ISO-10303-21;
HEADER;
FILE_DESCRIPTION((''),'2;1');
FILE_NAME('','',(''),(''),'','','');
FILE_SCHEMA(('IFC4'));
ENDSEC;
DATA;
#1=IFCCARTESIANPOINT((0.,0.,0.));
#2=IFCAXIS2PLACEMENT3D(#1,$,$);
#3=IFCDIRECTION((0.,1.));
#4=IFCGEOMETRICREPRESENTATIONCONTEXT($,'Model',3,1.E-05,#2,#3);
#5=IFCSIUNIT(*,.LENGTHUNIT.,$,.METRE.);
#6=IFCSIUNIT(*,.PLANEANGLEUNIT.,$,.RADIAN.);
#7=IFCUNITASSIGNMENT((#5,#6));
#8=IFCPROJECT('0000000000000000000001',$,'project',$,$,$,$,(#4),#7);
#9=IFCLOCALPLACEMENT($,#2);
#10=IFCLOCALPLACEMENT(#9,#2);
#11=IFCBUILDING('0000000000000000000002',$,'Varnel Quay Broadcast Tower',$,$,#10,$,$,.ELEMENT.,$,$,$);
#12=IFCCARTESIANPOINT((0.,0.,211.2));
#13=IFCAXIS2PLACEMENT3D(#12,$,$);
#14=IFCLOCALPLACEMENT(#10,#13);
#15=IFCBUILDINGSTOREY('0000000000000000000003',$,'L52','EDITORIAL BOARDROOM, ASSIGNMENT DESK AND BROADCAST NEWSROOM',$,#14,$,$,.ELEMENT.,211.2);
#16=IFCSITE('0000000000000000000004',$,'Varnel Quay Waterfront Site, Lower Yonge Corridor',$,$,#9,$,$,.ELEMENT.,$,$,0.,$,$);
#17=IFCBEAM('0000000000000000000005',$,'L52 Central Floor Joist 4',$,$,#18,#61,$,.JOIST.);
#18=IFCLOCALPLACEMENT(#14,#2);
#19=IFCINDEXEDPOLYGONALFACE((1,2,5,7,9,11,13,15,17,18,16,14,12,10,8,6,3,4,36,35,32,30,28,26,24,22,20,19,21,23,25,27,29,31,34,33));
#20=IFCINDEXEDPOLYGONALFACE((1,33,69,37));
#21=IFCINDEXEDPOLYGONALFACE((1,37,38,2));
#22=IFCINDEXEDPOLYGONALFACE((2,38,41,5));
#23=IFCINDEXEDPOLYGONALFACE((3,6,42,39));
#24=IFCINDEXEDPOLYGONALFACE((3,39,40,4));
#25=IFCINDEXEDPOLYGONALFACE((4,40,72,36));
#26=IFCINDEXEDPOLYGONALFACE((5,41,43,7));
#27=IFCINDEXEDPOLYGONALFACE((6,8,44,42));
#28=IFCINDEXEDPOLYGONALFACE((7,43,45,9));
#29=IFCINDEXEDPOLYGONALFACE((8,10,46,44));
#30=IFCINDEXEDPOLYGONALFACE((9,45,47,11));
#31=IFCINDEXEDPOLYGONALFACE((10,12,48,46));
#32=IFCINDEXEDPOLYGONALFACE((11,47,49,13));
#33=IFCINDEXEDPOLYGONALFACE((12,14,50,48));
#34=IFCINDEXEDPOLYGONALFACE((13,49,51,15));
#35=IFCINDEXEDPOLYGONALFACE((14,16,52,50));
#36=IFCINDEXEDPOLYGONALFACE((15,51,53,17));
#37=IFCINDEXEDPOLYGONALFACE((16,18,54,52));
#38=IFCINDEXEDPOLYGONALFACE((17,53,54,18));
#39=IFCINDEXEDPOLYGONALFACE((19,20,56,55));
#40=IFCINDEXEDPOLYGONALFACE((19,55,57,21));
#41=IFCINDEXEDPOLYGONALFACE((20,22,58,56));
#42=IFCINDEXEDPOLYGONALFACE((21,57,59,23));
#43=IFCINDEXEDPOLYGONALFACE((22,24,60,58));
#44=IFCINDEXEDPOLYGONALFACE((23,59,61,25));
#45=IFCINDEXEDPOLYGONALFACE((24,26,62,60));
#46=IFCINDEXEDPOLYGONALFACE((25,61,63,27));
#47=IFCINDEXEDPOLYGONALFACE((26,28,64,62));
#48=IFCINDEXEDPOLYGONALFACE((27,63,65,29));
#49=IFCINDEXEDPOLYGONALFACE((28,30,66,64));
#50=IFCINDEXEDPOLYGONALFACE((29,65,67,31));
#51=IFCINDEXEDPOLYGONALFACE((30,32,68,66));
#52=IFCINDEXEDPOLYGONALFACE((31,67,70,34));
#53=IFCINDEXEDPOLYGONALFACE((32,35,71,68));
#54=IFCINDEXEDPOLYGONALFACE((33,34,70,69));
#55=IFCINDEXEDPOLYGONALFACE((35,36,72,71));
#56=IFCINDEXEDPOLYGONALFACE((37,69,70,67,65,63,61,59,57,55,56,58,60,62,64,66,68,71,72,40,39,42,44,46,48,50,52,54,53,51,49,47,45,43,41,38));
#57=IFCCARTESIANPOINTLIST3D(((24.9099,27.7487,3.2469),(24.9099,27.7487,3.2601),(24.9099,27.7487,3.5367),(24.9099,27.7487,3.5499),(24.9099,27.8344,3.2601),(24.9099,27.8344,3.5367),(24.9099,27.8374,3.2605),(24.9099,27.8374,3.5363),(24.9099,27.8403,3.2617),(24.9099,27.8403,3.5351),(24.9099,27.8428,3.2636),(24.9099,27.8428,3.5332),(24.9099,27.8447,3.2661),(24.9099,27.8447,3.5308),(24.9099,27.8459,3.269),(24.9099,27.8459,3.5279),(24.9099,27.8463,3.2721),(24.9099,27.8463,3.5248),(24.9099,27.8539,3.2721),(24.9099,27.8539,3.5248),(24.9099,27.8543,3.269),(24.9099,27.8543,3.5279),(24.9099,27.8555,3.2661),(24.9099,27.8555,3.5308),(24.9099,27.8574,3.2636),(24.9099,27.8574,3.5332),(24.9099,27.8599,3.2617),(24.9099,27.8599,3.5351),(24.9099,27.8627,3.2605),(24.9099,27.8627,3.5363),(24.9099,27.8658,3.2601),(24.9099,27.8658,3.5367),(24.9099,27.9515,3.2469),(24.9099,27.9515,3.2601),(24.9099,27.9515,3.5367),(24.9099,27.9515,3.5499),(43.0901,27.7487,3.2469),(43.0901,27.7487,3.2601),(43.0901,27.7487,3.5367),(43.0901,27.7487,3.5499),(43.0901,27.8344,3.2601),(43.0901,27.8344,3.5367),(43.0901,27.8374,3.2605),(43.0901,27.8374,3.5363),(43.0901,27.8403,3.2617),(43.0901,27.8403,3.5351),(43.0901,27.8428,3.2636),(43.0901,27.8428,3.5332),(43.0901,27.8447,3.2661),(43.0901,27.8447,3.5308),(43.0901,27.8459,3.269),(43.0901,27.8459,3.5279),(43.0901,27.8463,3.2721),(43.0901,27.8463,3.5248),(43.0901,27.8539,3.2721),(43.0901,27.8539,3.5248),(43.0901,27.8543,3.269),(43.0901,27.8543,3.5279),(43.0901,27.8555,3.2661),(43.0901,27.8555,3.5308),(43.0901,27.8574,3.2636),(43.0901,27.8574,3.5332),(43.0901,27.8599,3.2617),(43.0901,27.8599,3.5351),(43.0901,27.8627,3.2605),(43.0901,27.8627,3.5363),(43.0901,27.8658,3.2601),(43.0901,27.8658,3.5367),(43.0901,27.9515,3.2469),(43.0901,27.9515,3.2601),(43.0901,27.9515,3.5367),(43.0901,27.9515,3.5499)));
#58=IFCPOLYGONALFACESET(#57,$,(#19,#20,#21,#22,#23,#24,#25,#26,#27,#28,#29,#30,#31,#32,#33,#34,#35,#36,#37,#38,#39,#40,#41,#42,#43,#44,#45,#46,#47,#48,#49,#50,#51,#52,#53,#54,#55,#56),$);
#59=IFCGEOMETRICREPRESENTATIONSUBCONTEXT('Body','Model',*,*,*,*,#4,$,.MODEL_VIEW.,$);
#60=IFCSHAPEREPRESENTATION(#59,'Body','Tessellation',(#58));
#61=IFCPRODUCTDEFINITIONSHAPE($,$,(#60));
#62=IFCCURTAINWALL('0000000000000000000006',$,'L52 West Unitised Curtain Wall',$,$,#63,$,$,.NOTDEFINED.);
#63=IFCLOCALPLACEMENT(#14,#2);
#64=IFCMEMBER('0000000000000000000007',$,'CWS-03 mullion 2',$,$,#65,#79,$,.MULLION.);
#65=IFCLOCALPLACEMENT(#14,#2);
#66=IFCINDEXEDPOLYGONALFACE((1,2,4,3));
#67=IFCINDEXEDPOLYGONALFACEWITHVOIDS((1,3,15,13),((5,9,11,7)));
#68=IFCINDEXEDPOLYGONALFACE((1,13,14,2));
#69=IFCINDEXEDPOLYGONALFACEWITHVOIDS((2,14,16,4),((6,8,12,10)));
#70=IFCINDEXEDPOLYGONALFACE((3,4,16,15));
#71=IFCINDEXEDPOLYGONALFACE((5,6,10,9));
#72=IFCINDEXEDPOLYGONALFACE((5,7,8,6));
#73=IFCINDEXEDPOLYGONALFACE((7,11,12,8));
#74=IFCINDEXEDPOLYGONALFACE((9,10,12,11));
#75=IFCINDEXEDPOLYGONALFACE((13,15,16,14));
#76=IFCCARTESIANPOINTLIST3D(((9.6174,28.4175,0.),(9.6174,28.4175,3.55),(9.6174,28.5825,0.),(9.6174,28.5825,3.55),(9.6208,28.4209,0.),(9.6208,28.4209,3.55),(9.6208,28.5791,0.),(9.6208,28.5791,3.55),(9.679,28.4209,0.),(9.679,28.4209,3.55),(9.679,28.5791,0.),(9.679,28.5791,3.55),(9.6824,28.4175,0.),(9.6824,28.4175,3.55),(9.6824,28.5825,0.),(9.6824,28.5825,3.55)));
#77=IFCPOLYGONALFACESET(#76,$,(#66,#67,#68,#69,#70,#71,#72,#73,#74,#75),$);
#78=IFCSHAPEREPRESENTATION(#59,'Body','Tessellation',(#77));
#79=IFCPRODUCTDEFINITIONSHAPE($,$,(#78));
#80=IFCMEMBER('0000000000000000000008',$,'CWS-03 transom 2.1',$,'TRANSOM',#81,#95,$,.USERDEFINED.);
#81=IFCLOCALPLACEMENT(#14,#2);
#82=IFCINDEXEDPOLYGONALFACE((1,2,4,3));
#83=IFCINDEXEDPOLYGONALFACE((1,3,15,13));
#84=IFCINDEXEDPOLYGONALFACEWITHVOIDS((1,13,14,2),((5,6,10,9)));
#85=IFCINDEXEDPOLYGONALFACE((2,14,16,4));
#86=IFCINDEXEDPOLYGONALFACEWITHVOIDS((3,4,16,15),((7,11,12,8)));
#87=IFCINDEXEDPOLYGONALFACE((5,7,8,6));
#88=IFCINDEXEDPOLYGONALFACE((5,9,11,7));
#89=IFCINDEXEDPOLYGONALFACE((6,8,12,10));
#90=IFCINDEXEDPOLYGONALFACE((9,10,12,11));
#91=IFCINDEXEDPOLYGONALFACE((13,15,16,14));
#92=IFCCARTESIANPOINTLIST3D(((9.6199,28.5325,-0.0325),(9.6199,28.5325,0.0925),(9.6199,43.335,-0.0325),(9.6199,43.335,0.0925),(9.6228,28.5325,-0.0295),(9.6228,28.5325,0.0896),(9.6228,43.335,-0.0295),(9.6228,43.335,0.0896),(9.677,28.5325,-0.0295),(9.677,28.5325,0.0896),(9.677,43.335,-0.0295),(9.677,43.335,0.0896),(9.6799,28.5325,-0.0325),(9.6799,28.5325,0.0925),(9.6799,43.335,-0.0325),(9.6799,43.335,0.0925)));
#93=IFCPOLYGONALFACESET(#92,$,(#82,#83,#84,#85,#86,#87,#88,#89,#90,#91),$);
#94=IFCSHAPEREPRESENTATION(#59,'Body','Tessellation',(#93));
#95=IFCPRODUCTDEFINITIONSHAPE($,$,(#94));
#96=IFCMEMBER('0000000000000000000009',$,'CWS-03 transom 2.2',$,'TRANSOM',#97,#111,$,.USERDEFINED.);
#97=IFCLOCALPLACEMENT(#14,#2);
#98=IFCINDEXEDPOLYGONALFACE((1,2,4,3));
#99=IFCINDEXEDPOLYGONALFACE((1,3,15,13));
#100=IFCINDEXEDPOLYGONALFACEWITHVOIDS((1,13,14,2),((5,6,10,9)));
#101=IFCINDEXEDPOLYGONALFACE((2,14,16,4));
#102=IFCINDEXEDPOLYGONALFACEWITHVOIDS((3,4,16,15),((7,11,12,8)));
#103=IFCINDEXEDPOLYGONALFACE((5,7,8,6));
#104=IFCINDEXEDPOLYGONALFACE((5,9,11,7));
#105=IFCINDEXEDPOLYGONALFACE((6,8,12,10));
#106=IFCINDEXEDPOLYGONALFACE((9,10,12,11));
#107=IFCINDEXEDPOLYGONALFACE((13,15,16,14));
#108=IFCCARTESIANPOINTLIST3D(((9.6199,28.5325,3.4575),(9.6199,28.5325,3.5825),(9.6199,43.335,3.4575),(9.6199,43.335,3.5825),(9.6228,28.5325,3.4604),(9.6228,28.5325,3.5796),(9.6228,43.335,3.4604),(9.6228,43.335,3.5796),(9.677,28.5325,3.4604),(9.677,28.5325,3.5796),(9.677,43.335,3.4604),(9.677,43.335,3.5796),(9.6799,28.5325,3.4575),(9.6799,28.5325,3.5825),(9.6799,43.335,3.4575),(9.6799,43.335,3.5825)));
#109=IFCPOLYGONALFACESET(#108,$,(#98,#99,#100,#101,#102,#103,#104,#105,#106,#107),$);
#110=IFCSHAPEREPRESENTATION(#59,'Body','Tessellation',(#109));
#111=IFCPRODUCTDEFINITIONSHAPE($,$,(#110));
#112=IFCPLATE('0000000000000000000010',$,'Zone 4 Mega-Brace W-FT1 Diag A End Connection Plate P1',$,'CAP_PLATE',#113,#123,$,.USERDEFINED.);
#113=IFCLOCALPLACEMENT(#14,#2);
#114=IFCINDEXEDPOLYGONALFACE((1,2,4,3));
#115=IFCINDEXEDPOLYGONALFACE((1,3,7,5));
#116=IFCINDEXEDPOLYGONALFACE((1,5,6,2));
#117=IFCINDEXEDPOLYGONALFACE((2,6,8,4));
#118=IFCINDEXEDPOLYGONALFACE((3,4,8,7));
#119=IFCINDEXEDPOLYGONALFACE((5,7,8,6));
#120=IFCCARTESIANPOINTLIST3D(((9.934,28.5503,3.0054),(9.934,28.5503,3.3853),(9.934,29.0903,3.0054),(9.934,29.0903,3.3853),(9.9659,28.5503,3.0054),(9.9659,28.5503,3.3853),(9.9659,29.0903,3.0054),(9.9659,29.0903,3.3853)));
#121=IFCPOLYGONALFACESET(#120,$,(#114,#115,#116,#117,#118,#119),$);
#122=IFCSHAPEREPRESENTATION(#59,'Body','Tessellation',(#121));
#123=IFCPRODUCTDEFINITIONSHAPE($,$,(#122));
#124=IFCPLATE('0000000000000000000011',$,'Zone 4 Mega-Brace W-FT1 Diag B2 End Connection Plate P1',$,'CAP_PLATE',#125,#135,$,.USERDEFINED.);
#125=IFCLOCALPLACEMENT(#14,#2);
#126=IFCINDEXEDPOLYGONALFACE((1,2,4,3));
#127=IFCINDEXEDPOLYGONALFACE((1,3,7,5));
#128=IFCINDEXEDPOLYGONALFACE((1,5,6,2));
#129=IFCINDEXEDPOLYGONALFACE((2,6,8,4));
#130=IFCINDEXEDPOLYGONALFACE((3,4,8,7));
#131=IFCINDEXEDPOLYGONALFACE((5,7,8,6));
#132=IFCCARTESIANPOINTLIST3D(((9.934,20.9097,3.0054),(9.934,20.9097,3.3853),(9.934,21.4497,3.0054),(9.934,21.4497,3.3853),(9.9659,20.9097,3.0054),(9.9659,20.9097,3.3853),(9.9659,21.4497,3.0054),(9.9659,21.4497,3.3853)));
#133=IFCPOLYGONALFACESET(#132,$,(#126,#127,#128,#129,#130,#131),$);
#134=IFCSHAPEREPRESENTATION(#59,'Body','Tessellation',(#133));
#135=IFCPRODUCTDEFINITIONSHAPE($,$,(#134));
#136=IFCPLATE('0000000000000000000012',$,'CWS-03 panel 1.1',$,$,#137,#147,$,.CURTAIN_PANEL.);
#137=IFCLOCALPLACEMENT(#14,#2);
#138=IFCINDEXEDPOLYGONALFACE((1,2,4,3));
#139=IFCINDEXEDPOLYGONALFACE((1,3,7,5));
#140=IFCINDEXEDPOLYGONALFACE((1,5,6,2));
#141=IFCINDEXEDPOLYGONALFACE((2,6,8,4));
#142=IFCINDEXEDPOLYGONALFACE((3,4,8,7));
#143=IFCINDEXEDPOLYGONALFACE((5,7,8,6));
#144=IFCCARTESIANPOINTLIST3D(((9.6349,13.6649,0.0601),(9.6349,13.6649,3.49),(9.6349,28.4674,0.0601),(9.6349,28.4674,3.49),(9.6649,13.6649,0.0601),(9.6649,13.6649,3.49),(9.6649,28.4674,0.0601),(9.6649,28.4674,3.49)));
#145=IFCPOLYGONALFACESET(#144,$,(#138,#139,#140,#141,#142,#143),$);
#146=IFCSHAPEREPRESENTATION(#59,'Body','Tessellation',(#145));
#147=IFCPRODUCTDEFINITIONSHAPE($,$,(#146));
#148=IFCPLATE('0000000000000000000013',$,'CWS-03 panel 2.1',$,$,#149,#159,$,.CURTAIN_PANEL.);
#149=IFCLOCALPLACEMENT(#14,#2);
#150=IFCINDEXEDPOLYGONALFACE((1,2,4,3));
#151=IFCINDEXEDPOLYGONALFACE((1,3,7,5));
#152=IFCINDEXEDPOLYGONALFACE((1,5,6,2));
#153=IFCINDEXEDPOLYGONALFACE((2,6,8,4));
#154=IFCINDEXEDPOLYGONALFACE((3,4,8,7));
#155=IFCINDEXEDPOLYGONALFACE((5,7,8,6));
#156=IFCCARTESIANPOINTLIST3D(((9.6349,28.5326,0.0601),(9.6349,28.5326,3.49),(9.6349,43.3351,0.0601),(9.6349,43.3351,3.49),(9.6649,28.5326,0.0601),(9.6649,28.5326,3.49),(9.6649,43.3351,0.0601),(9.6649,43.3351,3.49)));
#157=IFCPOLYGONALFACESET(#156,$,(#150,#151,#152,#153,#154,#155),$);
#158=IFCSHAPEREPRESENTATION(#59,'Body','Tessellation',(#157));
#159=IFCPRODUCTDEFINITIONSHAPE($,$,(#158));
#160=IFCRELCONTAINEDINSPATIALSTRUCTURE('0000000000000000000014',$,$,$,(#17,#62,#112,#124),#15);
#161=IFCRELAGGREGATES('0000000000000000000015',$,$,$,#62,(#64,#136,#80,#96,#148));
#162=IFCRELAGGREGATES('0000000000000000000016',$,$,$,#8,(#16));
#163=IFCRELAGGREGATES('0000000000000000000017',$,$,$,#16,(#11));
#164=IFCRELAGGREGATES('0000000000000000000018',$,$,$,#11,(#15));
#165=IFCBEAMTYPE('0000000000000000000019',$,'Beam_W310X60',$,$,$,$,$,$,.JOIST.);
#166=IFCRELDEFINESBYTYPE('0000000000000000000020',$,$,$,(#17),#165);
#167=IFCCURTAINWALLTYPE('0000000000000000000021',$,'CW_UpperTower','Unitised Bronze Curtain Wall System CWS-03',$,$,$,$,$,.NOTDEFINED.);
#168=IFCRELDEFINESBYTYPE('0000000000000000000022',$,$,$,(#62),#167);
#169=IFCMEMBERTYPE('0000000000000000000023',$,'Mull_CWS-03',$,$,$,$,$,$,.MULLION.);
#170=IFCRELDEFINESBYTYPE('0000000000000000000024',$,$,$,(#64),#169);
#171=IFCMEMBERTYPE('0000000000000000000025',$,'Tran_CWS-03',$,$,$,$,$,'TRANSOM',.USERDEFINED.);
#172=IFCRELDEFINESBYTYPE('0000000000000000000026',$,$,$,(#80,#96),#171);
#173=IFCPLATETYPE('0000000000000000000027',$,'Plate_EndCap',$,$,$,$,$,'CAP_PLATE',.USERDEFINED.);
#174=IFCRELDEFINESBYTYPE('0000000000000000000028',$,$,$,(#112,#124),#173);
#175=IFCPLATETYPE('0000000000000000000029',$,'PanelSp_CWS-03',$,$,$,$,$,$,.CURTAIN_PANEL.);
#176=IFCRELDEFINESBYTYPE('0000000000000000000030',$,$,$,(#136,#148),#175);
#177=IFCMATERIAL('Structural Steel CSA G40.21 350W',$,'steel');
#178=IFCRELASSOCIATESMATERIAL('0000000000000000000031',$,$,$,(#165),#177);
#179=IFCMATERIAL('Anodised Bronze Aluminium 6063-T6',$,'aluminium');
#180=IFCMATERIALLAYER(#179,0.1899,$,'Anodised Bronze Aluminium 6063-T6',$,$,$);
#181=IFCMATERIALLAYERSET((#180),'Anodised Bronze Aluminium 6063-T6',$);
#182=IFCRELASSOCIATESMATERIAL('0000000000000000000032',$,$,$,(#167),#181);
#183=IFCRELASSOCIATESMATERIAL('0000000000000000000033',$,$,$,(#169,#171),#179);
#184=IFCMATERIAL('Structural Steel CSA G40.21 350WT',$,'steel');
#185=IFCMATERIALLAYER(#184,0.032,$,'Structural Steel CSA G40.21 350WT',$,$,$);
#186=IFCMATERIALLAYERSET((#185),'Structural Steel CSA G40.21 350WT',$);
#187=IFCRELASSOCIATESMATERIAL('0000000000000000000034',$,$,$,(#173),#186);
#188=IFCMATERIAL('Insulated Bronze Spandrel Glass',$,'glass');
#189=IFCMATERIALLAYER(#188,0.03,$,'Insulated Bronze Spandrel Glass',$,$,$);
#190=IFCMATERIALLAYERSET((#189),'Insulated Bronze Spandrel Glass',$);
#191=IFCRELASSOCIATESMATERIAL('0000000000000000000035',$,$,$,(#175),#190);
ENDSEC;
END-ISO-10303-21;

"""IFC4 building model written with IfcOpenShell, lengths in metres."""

from ifc_helpers import new_model, si_unit, direction, frame, origin, origin_2d, place, context, subcontext, project, spatial, rectangle, hollow_rectangle, i_section, extrude, source, transform, mapped, material, layer, layer_set, material_profile, profile_set, type_object, type_shapes, element, aggregate, save


model = new_model("IFC4")

# Units and contexts
model_context = context("Model", 3, precision=1e-05, world=origin(), true_north=direction((0.0, 1.0)))
body_context = subcontext(model_context, "Body", "Model", "MODEL_VIEW")
ifc_project = project(units=[si_unit("LENGTHUNIT", "METRE"), si_unit("PLANEANGLEUNIT", "RADIAN")], contexts=[model_context])

# Site, building, storey
site_placement = place(None, origin())
site = spatial("IfcSite", under=ifc_project, at=site_placement, Name="Varnel Quay Waterfront Site, Lower Yonge Corridor", CompositionType="ELEMENT", RefElevation=0.0)
building_placement = place(site_placement, origin())
building = spatial("IfcBuilding", under=site, at=building_placement, Name="Varnel Quay Broadcast Tower", CompositionType="ELEMENT")
storey_placement = place(building_placement, frame((0.0, 0.0, 211.2)))
storey = spatial("IfcBuildingStorey", under=building, at=storey_placement, Name="L52", Description="EDITORIAL BOARDROOM, ASSIGNMENT DESK AND BROADCAST NEWSROOM", CompositionType="ELEMENT", Elevation=211.2)

# Shared definitions
ifc_material_1 = material(Name="Structural Steel CSA G40.21 350WT", Category="steel")
ifc_material_2 = material(Name="Structural Steel CSA G40.21 350W", Category="steel")

# Beam
ifc_material_profile_1 = material_profile(ifc_material_2, i_section(OverallWidth=0.2029, OverallDepth=0.303, WebThickness=0.0076, FlangeThickness=0.0132, FilletRadius=0.012, at=origin_2d()), Name="W310X60")
ifc_profile_set_1 = profile_set([ifc_material_profile_1], Name="Structural Steel CSA G40.21 350W")
beam_type_1 = type_object("IfcBeamType", Name="Beam_W310X60", PredefinedType="JOIST", material=ifc_profile_set_1)
shared_shape_1 = source(origin(), body_context, "Body", "SweptSolid", [
    extrude(i_section(OverallWidth=0.2029, OverallDepth=0.303, WebThickness=0.0076, FlangeThickness=0.0132, FilletRadius=0.012, at=origin_2d()), origin(), (0.0, 0.0, 1.0), 18.1802),
])
beam_1_placement = place(storey_placement, frame((24.9099, 27.8501, 3.3984), z_axis=(1.0, 0.0, 0.0), x_axis=(0.0, 1.0, 0.0)))
element("IfcBeam", 1, at=beam_1_placement, inside=storey, type_object=beam_type_1, Name="L52 Central Floor Joist 4", PredefinedType="JOIST", context=body_context, shape_type="MappedRepresentation", body=[
    mapped(shared_shape_1, transform((0.0, 0.0, 0.0), x_axis=(1.0, 0.0, 0.0), y_axis=(0.0, 1.0, 0.0), z_axis=(0.0, 0.0, 1.0), scale=1.0)),
])

# Curtain wall, members
ifc_material_3 = material(Name="Anodised Bronze Aluminium 6063-T6", Category="aluminium")
ifc_layer_1 = layer(ifc_material_3, 0.1899, Name="Anodised Bronze Aluminium 6063-T6")
ifc_layer_set_1 = layer_set([ifc_layer_1], Name="Anodised Bronze Aluminium 6063-T6")
curtain_wall_type = type_object("IfcCurtainWallType", Name="CW_UpperTower", Description="Unitised Bronze Curtain Wall System CWS-03", PredefinedType="NOTDEFINED", material=ifc_layer_set_1)
curtain_wall_placement = place(storey_placement, origin())
curtain_wall = element("IfcCurtainWall", 2, at=curtain_wall_placement, inside=storey, type_object=curtain_wall_type, Name="L52 West Unitised Curtain Wall", PredefinedType="NOTDEFINED")
ifc_material_profile_2 = material_profile(ifc_material_3, hollow_rectangle(XDim=0.0649, YDim=0.165, WallThickness=0.0034, at=origin_2d()), Name="ALU65X165X3.5")
ifc_profile_set_2 = profile_set([ifc_material_profile_2], Name="Anodised Bronze Aluminium 6063-T6")
member_type_1 = type_object("IfcMemberType", Name="Mull_CWS-03", PredefinedType="MULLION", material=ifc_profile_set_2)
shared_shape_2 = source(origin(), body_context, "Body", "SweptSolid", [
    extrude(hollow_rectangle(XDim=0.0649, YDim=0.165, WallThickness=0.0034, at=origin_2d()), origin(), (0.0, 0.0, 1.0), 3.55),
])
type_shapes(member_type_1, [shared_shape_2])
member_1_placement = place(storey_placement, frame((9.6499, 28.5, 0.0), z_axis=(0.0, 0.0, 1.0), x_axis=(-1.0, 0.0, 0.0)))
member_1 = element("IfcMember", 3, at=member_1_placement, type_object=member_type_1, Name="CWS-03 mullion 2", PredefinedType="MULLION", context=body_context, shape_type="MappedRepresentation", body=[
    mapped(shared_shape_2, transform((0.0, 0.0, 0.0), x_axis=(1.0, 0.0, 0.0), y_axis=(0.0, 1.0, 0.0), z_axis=(0.0, 0.0, 1.0), scale=1.0)),
])
ifc_material_profile_3 = material_profile(ifc_material_3, hollow_rectangle(XDim=0.0601, YDim=0.125, WallThickness=0.0029, at=origin_2d()), Name="ALU60X125X3")
ifc_profile_set_3 = profile_set([ifc_material_profile_3], Name="Anodised Bronze Aluminium 6063-T6")
member_type_2 = type_object("IfcMemberType", Name="Tran_CWS-03", ElementType="TRANSOM", PredefinedType="USERDEFINED", material=ifc_profile_set_3)
shared_shape_3 = source(origin(), body_context, "Body", "SweptSolid", [
    extrude(hollow_rectangle(XDim=0.0601, YDim=0.125, WallThickness=0.0029, at=origin_2d()), origin(), (0.0, 0.0, 1.0), 14.8025),
])
type_shapes(member_type_2, [shared_shape_3])
member_2_placement = place(storey_placement, frame((9.6499, 28.5325, 0.03), z_axis=(0.0, 1.0, 0.0), x_axis=(-1.0, 0.0, 0.0)))
member_2 = element("IfcMember", 4, at=member_2_placement, type_object=member_type_2, Name="CWS-03 transom 2.1", ObjectType="TRANSOM", PredefinedType="USERDEFINED", context=body_context, shape_type="MappedRepresentation", body=[
    mapped(shared_shape_3, transform((0.0, 0.0, 0.0), x_axis=(1.0, 0.0, 0.0), y_axis=(0.0, 1.0, 0.0), z_axis=(0.0, 0.0, 1.0), scale=1.0)),
])
member_3_placement = place(storey_placement, frame((9.6499, 28.5325, 3.52), z_axis=(0.0, 1.0, 0.0), x_axis=(-1.0, 0.0, 0.0)))
member_3 = element("IfcMember", 5, at=member_3_placement, type_object=member_type_2, Name="CWS-03 transom 2.2", ObjectType="TRANSOM", PredefinedType="USERDEFINED", context=body_context, shape_type="MappedRepresentation", body=[
    mapped(shared_shape_3, transform((0.0, 0.0, 0.0), x_axis=(1.0, 0.0, 0.0), y_axis=(0.0, 1.0, 0.0), z_axis=(0.0, 0.0, 1.0), scale=1.0)),
])

# Plates
ifc_layer_2 = layer(ifc_material_1, 0.032, Name="Structural Steel CSA G40.21 350WT")
ifc_layer_set_2 = layer_set([ifc_layer_2], Name="Structural Steel CSA G40.21 350WT")
plate_type_1 = type_object("IfcPlateType", Name="Plate_EndCap", ElementType="CAP_PLATE", PredefinedType="USERDEFINED", material=ifc_layer_set_2)
shared_shape_4 = source(origin(), body_context, "Body", "SweptSolid", [
    extrude(rectangle(XDim=0.54, YDim=0.032, at=origin_2d()), origin(), (0.0, 0.0, 1.0), 0.3799),
])
type_shapes(plate_type_1, [shared_shape_4])
for number, where, z_axis, x_axis, name in (
    (6, (9.95, 28.8203, 3.0054), (0.0, 0.0, 1.0), (0.0, 1.0, 0.0), "Zone 4 Mega-Brace W-FT1 Diag A End Connection Plate P1"),
    (7, (9.95, 21.1797, 3.0054), (0.0, 0.0, 1.0), (0.0, 1.0, 0.0), "Zone 4 Mega-Brace W-FT1 Diag B2 End Connection Plate P1"),
):
    element("IfcPlate", number, at=place(storey_placement, frame(where, z_axis=z_axis, x_axis=x_axis)), inside=storey, type_object=plate_type_1, Name=name, ObjectType="CAP_PLATE", PredefinedType="USERDEFINED", context=body_context, shape_type="MappedRepresentation", body=[
        mapped(shared_shape_4, transform((0.0, 0.0, 0.0), x_axis=(1.0, 0.0, 0.0), y_axis=(0.0, 1.0, 0.0), z_axis=(0.0, 0.0, 1.0), scale=1.0)),
    ])

# Plates
ifc_material_4 = material(Name="Insulated Bronze Spandrel Glass", Category="glass")
ifc_layer_3 = layer(ifc_material_4, 0.03, Name="Insulated Bronze Spandrel Glass")
ifc_layer_set_3 = layer_set([ifc_layer_3], Name="Insulated Bronze Spandrel Glass")
plate_type_2 = type_object("IfcPlateType", Name="PanelSp_CWS-03", PredefinedType="CURTAIN_PANEL", material=ifc_layer_set_3)
shared_shape_5 = source(origin(), body_context, "Body", "SweptSolid", [
    extrude(rectangle(XDim=14.8025, YDim=0.03, at=origin_2d()), origin(), (0.0, 0.0, 1.0), 3.4299),
])
type_shapes(plate_type_2, [shared_shape_5])
plate_1_placement = place(storey_placement, frame((9.6499, 21.0662, 0.0601), z_axis=(0.0, 0.0, 1.0), x_axis=(0.0, 1.0, 0.0)))
plate_1 = element("IfcPlate", 8, at=plate_1_placement, type_object=plate_type_2, Name="CWS-03 panel 1.1", PredefinedType="CURTAIN_PANEL", context=body_context, shape_type="MappedRepresentation", body=[
    mapped(shared_shape_5, transform((0.0, 0.0, 0.0), x_axis=(1.0, 0.0, 0.0), y_axis=(0.0, 1.0, 0.0), z_axis=(0.0, 0.0, 1.0), scale=1.0)),
])
plate_2_placement = place(storey_placement, frame((9.6499, 35.9338, 0.0601), z_axis=(0.0, 0.0, 1.0), x_axis=(0.0, 1.0, 0.0)))
plate_2 = element("IfcPlate", 9, at=plate_2_placement, type_object=plate_type_2, Name="CWS-03 panel 2.1", PredefinedType="CURTAIN_PANEL", context=body_context, shape_type="MappedRepresentation", body=[
    mapped(shared_shape_5, transform((0.0, 0.0, 0.0), x_axis=(1.0, 0.0, 0.0), y_axis=(0.0, 1.0, 0.0), z_axis=(0.0, 0.0, 1.0), scale=1.0)),
])
aggregate(curtain_wall, [member_1, plate_1, member_2, member_3, plate_2])

save(model, "model.ifc")
